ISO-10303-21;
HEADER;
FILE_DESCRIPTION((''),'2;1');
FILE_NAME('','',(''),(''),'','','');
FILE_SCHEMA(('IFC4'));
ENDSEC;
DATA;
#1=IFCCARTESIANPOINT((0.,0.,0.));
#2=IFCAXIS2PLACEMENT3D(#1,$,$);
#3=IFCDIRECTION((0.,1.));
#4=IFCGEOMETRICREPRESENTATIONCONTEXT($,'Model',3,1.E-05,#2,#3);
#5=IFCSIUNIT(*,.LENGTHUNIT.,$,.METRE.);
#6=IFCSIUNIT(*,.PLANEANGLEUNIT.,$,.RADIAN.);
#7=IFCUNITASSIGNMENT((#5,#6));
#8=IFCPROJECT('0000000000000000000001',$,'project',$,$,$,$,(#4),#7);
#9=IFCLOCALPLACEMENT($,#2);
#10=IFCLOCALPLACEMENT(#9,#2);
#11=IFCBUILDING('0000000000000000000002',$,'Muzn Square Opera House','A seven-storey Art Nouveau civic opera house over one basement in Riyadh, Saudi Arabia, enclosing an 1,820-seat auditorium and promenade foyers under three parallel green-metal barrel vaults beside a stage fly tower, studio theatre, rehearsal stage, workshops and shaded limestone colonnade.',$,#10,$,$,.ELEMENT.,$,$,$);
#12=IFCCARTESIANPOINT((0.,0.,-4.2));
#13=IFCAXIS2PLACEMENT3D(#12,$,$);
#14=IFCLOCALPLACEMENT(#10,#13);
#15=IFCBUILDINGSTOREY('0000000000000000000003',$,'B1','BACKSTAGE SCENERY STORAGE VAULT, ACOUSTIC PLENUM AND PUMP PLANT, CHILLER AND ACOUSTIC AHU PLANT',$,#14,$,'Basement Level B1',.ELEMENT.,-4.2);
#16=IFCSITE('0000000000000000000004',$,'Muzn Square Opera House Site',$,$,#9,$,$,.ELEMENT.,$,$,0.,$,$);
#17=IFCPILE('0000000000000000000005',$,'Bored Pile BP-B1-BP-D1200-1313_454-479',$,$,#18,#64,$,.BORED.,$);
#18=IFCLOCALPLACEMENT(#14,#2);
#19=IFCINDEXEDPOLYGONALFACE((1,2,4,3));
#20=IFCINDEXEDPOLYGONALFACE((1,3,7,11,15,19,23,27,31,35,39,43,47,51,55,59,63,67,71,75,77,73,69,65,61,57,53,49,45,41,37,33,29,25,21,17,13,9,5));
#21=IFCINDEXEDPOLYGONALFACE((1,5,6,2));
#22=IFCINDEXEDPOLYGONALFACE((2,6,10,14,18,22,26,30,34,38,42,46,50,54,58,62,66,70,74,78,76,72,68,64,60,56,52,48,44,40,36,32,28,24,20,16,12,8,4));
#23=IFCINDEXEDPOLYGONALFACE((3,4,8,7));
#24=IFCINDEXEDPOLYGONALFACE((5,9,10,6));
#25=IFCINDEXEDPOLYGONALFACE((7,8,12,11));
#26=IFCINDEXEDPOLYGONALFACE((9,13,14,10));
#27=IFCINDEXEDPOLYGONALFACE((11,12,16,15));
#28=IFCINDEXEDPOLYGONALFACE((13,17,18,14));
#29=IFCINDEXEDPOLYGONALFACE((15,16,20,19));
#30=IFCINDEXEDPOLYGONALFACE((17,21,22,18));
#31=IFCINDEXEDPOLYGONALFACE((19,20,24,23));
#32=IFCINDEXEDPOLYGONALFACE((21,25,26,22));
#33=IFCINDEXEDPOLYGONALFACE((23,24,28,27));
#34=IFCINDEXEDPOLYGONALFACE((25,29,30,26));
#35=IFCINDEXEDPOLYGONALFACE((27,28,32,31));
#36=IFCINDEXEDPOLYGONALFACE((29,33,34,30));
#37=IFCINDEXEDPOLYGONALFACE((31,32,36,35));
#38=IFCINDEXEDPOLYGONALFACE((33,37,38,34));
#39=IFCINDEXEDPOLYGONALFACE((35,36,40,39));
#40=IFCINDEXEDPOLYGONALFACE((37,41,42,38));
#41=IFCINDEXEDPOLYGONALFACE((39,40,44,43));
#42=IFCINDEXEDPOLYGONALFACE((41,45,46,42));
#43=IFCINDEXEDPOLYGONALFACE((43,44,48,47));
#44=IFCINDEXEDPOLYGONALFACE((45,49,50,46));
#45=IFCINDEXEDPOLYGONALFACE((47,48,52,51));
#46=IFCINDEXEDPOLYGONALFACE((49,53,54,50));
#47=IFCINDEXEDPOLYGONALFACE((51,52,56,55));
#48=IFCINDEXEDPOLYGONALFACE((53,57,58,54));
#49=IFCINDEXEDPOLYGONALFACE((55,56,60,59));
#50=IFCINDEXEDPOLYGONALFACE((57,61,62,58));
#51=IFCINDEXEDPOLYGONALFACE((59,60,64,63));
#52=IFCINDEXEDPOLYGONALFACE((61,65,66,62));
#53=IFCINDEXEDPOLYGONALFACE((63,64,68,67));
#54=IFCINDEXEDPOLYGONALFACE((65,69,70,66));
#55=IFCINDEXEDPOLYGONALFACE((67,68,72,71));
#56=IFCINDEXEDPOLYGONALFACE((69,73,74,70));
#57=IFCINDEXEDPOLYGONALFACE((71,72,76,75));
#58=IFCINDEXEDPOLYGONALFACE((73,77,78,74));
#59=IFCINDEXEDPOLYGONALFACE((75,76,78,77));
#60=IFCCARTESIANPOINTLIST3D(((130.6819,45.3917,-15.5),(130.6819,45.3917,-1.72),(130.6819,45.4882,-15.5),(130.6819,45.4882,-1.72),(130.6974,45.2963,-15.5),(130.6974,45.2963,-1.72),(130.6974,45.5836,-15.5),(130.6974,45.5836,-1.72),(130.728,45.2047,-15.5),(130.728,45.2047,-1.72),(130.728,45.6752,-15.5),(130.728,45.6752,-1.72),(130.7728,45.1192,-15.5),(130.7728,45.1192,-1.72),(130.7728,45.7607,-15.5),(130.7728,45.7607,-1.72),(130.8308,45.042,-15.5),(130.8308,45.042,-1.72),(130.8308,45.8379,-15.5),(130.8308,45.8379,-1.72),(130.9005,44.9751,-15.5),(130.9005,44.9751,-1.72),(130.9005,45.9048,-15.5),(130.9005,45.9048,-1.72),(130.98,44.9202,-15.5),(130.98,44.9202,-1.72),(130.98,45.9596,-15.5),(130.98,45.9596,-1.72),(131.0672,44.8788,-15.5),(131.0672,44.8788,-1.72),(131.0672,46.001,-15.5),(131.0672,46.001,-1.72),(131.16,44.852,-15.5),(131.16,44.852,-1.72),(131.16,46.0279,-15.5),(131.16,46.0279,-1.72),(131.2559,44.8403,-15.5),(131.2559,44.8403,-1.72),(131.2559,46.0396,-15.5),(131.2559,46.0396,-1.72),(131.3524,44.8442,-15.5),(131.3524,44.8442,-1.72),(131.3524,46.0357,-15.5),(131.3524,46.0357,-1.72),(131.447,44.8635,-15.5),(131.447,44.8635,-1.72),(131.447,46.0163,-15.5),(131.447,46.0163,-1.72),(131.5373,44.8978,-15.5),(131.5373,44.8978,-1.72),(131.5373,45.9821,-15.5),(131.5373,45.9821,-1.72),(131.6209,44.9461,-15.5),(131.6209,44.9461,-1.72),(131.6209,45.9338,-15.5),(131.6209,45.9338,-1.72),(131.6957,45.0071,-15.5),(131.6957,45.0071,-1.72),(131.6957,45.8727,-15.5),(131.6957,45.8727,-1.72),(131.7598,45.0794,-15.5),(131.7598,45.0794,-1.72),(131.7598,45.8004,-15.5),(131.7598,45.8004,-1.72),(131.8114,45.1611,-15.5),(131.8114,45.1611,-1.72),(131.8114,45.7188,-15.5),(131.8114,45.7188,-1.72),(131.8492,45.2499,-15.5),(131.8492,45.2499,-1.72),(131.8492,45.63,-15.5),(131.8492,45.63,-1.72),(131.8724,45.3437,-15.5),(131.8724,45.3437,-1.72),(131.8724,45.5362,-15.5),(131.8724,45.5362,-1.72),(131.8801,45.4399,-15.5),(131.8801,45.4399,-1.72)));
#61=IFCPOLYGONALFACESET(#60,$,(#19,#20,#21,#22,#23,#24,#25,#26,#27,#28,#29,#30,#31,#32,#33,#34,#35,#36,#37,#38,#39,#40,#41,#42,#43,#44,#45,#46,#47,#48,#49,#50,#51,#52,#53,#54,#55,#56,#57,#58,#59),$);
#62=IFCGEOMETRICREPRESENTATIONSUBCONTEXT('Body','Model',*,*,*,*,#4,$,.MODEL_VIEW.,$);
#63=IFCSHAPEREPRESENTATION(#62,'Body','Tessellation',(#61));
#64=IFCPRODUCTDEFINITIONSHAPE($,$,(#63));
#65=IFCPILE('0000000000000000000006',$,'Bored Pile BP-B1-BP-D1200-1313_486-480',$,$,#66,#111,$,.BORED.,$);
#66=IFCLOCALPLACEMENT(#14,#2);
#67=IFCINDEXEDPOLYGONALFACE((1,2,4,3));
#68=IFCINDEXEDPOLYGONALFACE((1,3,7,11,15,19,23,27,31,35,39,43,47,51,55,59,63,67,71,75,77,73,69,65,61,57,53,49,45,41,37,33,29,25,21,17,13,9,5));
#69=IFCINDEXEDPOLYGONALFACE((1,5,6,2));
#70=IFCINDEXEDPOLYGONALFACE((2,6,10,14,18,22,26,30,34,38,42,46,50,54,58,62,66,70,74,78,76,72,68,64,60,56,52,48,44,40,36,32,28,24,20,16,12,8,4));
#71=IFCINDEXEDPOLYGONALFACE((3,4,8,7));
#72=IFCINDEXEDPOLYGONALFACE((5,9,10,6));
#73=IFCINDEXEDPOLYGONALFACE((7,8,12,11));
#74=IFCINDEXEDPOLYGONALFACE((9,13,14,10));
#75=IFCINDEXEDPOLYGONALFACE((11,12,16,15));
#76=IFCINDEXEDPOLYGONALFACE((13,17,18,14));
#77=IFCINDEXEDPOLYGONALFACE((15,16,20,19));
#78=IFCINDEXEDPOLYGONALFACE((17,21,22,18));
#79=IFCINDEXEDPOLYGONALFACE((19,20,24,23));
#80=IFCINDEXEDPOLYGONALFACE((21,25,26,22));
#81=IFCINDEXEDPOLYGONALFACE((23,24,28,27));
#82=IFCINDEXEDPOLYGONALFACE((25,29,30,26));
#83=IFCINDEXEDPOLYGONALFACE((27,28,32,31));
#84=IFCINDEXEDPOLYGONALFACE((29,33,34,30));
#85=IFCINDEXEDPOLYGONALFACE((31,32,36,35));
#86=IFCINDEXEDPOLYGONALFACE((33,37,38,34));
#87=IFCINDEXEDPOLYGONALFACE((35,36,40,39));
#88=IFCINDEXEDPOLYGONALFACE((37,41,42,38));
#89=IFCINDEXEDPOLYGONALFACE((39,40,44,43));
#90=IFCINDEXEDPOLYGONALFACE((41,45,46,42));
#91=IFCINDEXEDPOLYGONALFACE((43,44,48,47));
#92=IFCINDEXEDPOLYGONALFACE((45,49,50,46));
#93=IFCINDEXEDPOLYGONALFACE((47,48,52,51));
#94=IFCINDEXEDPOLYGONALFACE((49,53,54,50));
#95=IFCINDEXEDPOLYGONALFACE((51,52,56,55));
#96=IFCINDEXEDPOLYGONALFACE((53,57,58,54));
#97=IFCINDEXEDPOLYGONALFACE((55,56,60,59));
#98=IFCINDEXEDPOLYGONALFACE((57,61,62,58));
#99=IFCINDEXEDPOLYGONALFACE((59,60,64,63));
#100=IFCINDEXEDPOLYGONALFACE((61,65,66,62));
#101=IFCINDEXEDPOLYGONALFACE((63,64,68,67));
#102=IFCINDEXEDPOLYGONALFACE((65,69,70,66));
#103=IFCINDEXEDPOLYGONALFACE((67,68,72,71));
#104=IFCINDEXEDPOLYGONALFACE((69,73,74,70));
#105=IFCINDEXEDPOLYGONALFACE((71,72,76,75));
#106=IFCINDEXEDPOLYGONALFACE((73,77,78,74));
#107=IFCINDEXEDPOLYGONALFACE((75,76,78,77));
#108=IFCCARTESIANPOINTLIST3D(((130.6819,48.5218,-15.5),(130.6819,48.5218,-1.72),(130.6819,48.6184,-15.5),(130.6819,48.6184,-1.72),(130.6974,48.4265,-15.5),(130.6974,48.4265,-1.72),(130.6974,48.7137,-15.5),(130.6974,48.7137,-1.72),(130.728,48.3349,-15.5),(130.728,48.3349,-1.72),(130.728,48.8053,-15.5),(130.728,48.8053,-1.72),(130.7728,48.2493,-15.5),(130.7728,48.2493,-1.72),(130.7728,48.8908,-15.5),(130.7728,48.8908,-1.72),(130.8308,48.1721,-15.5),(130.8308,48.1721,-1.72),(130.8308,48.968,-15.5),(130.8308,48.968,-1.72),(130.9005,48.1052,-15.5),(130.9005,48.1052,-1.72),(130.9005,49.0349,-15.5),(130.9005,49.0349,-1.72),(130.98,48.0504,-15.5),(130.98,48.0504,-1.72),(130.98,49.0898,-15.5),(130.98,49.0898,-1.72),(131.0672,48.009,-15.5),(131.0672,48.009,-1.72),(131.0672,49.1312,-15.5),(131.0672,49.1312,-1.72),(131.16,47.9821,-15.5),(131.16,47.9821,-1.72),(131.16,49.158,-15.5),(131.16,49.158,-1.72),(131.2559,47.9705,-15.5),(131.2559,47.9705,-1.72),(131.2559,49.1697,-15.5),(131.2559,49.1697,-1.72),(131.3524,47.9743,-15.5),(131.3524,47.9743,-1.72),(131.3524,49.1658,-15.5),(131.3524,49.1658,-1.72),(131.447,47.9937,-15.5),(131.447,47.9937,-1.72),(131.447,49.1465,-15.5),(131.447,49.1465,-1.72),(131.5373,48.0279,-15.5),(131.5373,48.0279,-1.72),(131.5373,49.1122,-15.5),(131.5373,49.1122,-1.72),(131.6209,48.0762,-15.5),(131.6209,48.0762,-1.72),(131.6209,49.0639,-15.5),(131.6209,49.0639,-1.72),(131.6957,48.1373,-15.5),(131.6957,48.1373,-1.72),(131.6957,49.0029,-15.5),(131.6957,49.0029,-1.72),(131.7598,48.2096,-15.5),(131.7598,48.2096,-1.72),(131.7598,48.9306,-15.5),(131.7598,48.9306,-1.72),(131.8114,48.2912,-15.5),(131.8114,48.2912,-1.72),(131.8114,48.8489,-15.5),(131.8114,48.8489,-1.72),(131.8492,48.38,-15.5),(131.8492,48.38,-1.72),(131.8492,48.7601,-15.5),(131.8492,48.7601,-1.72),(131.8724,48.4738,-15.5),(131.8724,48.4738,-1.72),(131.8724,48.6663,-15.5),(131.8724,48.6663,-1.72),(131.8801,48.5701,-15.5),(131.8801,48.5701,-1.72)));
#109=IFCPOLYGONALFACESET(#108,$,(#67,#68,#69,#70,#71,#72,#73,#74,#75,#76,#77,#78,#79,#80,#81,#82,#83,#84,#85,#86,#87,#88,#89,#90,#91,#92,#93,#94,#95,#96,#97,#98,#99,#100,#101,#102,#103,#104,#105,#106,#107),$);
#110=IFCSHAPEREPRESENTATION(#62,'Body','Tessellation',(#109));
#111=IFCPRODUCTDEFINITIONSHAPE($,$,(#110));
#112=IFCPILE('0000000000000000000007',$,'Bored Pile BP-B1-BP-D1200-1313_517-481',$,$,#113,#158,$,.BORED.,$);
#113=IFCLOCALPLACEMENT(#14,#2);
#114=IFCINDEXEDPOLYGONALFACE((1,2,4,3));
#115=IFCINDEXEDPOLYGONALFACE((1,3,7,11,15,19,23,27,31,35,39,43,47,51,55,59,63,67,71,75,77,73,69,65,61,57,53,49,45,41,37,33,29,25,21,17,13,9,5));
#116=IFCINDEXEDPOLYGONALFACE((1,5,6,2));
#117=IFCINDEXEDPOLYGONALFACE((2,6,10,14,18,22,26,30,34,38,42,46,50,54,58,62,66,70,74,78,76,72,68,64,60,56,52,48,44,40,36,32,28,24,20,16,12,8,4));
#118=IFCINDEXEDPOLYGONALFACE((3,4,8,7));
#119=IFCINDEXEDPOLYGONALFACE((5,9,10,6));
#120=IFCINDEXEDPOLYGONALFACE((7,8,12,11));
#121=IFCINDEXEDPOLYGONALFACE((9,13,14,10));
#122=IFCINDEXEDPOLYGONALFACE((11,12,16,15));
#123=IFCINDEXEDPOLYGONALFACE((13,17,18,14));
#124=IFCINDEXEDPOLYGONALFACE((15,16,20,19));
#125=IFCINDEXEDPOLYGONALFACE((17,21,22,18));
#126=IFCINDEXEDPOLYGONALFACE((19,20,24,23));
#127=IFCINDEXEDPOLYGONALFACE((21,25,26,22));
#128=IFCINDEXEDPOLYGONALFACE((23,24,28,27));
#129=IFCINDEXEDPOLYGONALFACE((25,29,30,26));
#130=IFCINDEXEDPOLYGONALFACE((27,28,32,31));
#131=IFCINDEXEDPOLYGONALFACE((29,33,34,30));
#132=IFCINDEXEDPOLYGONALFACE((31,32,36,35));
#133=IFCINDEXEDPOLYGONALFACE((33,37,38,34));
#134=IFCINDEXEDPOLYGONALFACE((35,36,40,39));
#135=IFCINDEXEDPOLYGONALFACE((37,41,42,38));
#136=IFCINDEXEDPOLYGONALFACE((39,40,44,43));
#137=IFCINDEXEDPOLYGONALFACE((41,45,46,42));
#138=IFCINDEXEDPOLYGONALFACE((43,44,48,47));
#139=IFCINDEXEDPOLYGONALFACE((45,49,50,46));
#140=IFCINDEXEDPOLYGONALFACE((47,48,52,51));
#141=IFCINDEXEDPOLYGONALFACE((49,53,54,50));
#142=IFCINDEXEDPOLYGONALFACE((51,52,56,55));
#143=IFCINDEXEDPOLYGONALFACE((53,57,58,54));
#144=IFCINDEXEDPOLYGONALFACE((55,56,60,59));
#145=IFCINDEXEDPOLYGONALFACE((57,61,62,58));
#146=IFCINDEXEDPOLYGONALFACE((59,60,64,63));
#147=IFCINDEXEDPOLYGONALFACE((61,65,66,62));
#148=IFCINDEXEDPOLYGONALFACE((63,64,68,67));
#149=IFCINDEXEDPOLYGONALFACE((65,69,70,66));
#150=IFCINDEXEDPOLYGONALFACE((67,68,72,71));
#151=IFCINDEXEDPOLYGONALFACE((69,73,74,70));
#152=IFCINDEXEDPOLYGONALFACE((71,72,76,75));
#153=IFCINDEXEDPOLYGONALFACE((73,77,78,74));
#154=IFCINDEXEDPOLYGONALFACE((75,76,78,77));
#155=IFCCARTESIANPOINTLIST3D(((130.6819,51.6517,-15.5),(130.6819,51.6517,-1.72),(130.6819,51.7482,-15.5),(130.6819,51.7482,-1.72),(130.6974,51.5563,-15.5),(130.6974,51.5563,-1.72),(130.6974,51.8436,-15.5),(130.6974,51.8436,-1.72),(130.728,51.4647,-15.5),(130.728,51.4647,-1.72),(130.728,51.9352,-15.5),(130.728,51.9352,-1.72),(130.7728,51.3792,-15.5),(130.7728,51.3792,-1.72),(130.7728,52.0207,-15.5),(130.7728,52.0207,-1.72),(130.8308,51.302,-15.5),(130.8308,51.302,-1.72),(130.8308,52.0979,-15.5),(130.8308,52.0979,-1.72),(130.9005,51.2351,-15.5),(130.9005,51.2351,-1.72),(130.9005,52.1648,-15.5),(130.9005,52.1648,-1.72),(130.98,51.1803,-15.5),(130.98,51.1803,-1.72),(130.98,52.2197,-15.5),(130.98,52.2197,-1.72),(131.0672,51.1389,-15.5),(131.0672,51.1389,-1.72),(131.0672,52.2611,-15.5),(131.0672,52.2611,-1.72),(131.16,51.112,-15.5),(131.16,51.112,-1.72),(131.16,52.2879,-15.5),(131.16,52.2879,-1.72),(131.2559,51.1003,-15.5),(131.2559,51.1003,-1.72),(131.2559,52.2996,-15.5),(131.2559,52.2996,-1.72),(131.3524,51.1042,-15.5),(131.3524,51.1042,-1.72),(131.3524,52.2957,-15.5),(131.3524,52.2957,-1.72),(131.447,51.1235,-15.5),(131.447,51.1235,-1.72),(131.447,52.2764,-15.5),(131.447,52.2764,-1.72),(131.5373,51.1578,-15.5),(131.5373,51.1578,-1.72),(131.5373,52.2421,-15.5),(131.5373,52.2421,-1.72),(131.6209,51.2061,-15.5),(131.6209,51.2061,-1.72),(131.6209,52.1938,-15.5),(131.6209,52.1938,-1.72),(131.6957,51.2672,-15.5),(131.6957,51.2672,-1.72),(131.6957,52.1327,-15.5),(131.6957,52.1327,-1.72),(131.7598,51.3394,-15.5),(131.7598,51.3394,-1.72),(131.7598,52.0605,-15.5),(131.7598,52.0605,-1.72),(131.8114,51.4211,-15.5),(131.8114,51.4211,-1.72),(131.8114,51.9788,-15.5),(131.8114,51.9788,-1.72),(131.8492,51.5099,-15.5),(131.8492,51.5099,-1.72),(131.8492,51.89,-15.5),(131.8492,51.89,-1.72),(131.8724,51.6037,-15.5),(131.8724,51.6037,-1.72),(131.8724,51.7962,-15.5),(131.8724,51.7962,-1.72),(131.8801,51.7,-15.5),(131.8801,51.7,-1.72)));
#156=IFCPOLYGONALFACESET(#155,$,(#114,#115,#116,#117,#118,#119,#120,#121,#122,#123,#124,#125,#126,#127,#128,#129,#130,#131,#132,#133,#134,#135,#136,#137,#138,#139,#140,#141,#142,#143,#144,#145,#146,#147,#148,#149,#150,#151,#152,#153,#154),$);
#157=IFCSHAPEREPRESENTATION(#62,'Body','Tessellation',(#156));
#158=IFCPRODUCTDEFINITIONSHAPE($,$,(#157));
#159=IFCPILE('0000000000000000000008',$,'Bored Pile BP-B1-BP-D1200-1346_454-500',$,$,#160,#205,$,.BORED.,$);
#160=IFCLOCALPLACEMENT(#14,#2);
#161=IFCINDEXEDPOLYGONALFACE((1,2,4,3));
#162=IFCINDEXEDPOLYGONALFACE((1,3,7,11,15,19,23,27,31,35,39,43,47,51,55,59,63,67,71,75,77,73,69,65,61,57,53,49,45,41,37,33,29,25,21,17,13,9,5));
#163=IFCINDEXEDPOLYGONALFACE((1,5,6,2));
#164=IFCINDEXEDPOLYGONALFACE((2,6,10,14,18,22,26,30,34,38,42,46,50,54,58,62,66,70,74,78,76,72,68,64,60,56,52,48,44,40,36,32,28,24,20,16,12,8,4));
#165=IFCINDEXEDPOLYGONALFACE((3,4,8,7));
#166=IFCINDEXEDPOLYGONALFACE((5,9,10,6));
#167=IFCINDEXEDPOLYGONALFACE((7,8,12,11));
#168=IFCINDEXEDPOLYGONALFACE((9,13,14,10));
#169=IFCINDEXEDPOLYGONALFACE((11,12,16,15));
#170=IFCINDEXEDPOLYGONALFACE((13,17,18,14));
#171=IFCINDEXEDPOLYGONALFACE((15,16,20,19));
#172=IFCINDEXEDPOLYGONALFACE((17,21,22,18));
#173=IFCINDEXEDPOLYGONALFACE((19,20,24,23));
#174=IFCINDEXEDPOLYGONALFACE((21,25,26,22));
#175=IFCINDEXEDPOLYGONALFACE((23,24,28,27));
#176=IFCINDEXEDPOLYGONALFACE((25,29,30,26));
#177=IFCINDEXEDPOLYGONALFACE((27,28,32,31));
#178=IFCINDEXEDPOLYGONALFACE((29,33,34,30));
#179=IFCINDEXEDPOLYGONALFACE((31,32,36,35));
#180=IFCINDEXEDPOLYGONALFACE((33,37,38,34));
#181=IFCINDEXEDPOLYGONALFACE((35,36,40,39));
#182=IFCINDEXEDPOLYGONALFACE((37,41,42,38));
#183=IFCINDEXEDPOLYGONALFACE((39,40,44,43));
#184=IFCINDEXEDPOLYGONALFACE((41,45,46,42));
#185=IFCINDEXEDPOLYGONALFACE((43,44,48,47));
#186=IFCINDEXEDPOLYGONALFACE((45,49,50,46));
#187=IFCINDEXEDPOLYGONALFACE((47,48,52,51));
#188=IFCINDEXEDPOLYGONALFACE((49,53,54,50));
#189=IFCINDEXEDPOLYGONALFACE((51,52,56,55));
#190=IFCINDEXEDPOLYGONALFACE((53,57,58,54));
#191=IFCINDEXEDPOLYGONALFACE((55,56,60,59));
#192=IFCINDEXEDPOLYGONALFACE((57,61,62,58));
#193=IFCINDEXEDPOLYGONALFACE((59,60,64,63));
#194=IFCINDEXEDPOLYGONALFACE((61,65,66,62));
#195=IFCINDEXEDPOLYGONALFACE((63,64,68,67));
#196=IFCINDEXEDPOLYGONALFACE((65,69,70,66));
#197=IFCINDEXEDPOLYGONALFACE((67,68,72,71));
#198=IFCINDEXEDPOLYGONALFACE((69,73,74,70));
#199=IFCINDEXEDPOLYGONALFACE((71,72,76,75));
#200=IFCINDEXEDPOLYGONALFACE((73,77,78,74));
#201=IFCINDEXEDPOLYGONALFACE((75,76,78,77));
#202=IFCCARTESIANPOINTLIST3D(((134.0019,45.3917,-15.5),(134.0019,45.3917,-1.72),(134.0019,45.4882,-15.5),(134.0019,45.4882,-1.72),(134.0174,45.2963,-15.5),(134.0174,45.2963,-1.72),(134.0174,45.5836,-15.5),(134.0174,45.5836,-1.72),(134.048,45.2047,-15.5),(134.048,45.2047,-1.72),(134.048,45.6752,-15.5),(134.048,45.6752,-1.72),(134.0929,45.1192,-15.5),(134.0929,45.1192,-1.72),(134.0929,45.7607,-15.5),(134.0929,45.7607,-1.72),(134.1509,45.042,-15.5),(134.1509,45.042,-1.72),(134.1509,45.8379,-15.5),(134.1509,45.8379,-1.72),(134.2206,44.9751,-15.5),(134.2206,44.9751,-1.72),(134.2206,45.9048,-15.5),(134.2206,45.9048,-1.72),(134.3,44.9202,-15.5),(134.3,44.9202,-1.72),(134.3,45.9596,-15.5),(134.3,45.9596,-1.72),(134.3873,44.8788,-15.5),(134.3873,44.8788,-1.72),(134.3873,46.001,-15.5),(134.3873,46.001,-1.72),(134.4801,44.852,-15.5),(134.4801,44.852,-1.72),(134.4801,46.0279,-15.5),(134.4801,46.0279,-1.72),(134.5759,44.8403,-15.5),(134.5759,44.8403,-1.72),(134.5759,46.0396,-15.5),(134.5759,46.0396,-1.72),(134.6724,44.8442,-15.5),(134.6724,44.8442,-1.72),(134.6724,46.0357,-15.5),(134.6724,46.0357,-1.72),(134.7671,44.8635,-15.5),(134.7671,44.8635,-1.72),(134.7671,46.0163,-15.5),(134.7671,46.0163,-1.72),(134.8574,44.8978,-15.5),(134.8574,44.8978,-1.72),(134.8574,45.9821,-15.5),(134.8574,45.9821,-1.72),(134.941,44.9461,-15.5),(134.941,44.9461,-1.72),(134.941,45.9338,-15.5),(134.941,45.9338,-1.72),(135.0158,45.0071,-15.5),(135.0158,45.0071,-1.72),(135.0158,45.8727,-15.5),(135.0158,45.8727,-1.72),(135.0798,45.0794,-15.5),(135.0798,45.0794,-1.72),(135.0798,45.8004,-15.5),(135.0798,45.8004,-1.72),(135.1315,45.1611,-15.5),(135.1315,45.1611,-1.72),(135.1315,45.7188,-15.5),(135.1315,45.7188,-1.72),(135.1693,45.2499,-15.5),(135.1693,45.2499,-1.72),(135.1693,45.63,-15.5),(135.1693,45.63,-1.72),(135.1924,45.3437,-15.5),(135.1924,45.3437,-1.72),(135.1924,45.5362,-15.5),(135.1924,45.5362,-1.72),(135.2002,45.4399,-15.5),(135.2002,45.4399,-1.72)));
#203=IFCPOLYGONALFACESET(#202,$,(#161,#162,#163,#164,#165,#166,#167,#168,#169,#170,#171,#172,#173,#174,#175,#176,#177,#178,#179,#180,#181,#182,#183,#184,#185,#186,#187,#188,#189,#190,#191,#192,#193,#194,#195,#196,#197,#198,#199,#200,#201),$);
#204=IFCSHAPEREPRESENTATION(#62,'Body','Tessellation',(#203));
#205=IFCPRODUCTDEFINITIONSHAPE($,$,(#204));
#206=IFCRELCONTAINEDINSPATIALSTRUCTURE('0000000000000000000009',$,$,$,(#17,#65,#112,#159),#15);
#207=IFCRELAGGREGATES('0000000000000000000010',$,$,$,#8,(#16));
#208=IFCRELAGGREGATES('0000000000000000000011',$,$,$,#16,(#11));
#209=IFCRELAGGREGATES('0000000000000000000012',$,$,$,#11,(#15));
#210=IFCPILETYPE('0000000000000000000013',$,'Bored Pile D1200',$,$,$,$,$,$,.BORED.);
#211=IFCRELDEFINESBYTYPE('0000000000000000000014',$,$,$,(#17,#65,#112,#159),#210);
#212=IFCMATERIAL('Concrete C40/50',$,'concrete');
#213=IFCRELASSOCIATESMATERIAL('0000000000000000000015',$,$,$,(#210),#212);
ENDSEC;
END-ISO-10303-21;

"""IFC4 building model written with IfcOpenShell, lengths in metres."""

from ifc_helpers import new_model, si_unit, direction, frame, origin, origin_2d, place, context, subcontext, project, spatial, circle, extrude, material, material_profile, profile_set, type_object, element, save


model = new_model("IFC4")

# Units and contexts
model_context = context("Model", 3, precision=1e-05, world=origin(), true_north=direction((0.0, 1.0)))
body_context = subcontext(model_context, "Body", "Model", "MODEL_VIEW")
ifc_project = project(units=[si_unit("LENGTHUNIT", "METRE"), si_unit("PLANEANGLEUNIT", "RADIAN")], contexts=[model_context])

# Site, building, storey
site_placement = place(None, origin())
site = spatial("IfcSite", under=ifc_project, at=site_placement, Name="Muzn Square Opera House Site", CompositionType="ELEMENT", RefElevation=0.0)
building_placement = place(site_placement, origin())
building = spatial("IfcBuilding", under=site, at=building_placement, Name="Muzn Square Opera House", Description="A seven-storey Art Nouveau civic opera house over one basement in Riyadh, Saudi Arabia, enclosing an 1,820-seat auditorium and promenade foyers under three parallel green-metal barrel vaults beside a stage fly tower, studio theatre, rehearsal stage, workshops and shaded limestone colonnade.", CompositionType="ELEMENT")
storey_placement = place(building_placement, frame((0.0, 0.0, -4.2)))
storey = spatial("IfcBuildingStorey", under=building, at=storey_placement, Name="B1", Description="BACKSTAGE SCENERY STORAGE VAULT, ACOUSTIC PLENUM AND PUMP PLANT, CHILLER AND ACOUSTIC AHU PLANT", LongName="Basement Level B1", CompositionType="ELEMENT", Elevation=-4.2)

# Piles
ifc_material_1 = material(Name="Concrete C40/50", Category="concrete")
ifc_material_profile_1 = material_profile(ifc_material_1, circle(Radius=0.6001, at=origin_2d()), Name="BORED PILE D1200", Category="concrete")
ifc_profile_set_1 = profile_set([ifc_material_profile_1], Name="Concrete C40/50")
pile_type = type_object("IfcPileType", Name="Bored Pile D1200", PredefinedType="BORED", material=ifc_profile_set_1)
for number, where, z_axis, x_axis, name in (
    (1, (131.28, 45.4399, -1.72), (0.0, 0.0, -1.0), (1.0, 0.0, 0.0), "Bored Pile BP-B1-BP-D1200-1313_454-479"),
    (2, (131.28, 48.5701, -1.72), (0.0, 0.0, -1.0), (1.0, 0.0, 0.0), "Bored Pile BP-B1-BP-D1200-1313_486-480"),
    (3, (131.28, 51.7, -1.72), (0.0, 0.0, -1.0), (1.0, 0.0, 0.0), "Bored Pile BP-B1-BP-D1200-1313_517-481"),
    (4, (134.6001, 45.4399, -1.72), (0.0, 0.0, -1.0), (1.0, 0.0, 0.0), "Bored Pile BP-B1-BP-D1200-1346_454-500"),
):
    element("IfcPile", number, at=place(storey_placement, frame(where, z_axis=z_axis, x_axis=x_axis)), inside=storey, type_object=pile_type, Name=name, PredefinedType="BORED", context=body_context, shape_type="SweptSolid", body=[
        extrude(circle(Radius=0.6001, at=origin_2d()), origin(), (0.0, 0.0, 1.0), 13.78),
    ])

save(model, "model.ifc")
